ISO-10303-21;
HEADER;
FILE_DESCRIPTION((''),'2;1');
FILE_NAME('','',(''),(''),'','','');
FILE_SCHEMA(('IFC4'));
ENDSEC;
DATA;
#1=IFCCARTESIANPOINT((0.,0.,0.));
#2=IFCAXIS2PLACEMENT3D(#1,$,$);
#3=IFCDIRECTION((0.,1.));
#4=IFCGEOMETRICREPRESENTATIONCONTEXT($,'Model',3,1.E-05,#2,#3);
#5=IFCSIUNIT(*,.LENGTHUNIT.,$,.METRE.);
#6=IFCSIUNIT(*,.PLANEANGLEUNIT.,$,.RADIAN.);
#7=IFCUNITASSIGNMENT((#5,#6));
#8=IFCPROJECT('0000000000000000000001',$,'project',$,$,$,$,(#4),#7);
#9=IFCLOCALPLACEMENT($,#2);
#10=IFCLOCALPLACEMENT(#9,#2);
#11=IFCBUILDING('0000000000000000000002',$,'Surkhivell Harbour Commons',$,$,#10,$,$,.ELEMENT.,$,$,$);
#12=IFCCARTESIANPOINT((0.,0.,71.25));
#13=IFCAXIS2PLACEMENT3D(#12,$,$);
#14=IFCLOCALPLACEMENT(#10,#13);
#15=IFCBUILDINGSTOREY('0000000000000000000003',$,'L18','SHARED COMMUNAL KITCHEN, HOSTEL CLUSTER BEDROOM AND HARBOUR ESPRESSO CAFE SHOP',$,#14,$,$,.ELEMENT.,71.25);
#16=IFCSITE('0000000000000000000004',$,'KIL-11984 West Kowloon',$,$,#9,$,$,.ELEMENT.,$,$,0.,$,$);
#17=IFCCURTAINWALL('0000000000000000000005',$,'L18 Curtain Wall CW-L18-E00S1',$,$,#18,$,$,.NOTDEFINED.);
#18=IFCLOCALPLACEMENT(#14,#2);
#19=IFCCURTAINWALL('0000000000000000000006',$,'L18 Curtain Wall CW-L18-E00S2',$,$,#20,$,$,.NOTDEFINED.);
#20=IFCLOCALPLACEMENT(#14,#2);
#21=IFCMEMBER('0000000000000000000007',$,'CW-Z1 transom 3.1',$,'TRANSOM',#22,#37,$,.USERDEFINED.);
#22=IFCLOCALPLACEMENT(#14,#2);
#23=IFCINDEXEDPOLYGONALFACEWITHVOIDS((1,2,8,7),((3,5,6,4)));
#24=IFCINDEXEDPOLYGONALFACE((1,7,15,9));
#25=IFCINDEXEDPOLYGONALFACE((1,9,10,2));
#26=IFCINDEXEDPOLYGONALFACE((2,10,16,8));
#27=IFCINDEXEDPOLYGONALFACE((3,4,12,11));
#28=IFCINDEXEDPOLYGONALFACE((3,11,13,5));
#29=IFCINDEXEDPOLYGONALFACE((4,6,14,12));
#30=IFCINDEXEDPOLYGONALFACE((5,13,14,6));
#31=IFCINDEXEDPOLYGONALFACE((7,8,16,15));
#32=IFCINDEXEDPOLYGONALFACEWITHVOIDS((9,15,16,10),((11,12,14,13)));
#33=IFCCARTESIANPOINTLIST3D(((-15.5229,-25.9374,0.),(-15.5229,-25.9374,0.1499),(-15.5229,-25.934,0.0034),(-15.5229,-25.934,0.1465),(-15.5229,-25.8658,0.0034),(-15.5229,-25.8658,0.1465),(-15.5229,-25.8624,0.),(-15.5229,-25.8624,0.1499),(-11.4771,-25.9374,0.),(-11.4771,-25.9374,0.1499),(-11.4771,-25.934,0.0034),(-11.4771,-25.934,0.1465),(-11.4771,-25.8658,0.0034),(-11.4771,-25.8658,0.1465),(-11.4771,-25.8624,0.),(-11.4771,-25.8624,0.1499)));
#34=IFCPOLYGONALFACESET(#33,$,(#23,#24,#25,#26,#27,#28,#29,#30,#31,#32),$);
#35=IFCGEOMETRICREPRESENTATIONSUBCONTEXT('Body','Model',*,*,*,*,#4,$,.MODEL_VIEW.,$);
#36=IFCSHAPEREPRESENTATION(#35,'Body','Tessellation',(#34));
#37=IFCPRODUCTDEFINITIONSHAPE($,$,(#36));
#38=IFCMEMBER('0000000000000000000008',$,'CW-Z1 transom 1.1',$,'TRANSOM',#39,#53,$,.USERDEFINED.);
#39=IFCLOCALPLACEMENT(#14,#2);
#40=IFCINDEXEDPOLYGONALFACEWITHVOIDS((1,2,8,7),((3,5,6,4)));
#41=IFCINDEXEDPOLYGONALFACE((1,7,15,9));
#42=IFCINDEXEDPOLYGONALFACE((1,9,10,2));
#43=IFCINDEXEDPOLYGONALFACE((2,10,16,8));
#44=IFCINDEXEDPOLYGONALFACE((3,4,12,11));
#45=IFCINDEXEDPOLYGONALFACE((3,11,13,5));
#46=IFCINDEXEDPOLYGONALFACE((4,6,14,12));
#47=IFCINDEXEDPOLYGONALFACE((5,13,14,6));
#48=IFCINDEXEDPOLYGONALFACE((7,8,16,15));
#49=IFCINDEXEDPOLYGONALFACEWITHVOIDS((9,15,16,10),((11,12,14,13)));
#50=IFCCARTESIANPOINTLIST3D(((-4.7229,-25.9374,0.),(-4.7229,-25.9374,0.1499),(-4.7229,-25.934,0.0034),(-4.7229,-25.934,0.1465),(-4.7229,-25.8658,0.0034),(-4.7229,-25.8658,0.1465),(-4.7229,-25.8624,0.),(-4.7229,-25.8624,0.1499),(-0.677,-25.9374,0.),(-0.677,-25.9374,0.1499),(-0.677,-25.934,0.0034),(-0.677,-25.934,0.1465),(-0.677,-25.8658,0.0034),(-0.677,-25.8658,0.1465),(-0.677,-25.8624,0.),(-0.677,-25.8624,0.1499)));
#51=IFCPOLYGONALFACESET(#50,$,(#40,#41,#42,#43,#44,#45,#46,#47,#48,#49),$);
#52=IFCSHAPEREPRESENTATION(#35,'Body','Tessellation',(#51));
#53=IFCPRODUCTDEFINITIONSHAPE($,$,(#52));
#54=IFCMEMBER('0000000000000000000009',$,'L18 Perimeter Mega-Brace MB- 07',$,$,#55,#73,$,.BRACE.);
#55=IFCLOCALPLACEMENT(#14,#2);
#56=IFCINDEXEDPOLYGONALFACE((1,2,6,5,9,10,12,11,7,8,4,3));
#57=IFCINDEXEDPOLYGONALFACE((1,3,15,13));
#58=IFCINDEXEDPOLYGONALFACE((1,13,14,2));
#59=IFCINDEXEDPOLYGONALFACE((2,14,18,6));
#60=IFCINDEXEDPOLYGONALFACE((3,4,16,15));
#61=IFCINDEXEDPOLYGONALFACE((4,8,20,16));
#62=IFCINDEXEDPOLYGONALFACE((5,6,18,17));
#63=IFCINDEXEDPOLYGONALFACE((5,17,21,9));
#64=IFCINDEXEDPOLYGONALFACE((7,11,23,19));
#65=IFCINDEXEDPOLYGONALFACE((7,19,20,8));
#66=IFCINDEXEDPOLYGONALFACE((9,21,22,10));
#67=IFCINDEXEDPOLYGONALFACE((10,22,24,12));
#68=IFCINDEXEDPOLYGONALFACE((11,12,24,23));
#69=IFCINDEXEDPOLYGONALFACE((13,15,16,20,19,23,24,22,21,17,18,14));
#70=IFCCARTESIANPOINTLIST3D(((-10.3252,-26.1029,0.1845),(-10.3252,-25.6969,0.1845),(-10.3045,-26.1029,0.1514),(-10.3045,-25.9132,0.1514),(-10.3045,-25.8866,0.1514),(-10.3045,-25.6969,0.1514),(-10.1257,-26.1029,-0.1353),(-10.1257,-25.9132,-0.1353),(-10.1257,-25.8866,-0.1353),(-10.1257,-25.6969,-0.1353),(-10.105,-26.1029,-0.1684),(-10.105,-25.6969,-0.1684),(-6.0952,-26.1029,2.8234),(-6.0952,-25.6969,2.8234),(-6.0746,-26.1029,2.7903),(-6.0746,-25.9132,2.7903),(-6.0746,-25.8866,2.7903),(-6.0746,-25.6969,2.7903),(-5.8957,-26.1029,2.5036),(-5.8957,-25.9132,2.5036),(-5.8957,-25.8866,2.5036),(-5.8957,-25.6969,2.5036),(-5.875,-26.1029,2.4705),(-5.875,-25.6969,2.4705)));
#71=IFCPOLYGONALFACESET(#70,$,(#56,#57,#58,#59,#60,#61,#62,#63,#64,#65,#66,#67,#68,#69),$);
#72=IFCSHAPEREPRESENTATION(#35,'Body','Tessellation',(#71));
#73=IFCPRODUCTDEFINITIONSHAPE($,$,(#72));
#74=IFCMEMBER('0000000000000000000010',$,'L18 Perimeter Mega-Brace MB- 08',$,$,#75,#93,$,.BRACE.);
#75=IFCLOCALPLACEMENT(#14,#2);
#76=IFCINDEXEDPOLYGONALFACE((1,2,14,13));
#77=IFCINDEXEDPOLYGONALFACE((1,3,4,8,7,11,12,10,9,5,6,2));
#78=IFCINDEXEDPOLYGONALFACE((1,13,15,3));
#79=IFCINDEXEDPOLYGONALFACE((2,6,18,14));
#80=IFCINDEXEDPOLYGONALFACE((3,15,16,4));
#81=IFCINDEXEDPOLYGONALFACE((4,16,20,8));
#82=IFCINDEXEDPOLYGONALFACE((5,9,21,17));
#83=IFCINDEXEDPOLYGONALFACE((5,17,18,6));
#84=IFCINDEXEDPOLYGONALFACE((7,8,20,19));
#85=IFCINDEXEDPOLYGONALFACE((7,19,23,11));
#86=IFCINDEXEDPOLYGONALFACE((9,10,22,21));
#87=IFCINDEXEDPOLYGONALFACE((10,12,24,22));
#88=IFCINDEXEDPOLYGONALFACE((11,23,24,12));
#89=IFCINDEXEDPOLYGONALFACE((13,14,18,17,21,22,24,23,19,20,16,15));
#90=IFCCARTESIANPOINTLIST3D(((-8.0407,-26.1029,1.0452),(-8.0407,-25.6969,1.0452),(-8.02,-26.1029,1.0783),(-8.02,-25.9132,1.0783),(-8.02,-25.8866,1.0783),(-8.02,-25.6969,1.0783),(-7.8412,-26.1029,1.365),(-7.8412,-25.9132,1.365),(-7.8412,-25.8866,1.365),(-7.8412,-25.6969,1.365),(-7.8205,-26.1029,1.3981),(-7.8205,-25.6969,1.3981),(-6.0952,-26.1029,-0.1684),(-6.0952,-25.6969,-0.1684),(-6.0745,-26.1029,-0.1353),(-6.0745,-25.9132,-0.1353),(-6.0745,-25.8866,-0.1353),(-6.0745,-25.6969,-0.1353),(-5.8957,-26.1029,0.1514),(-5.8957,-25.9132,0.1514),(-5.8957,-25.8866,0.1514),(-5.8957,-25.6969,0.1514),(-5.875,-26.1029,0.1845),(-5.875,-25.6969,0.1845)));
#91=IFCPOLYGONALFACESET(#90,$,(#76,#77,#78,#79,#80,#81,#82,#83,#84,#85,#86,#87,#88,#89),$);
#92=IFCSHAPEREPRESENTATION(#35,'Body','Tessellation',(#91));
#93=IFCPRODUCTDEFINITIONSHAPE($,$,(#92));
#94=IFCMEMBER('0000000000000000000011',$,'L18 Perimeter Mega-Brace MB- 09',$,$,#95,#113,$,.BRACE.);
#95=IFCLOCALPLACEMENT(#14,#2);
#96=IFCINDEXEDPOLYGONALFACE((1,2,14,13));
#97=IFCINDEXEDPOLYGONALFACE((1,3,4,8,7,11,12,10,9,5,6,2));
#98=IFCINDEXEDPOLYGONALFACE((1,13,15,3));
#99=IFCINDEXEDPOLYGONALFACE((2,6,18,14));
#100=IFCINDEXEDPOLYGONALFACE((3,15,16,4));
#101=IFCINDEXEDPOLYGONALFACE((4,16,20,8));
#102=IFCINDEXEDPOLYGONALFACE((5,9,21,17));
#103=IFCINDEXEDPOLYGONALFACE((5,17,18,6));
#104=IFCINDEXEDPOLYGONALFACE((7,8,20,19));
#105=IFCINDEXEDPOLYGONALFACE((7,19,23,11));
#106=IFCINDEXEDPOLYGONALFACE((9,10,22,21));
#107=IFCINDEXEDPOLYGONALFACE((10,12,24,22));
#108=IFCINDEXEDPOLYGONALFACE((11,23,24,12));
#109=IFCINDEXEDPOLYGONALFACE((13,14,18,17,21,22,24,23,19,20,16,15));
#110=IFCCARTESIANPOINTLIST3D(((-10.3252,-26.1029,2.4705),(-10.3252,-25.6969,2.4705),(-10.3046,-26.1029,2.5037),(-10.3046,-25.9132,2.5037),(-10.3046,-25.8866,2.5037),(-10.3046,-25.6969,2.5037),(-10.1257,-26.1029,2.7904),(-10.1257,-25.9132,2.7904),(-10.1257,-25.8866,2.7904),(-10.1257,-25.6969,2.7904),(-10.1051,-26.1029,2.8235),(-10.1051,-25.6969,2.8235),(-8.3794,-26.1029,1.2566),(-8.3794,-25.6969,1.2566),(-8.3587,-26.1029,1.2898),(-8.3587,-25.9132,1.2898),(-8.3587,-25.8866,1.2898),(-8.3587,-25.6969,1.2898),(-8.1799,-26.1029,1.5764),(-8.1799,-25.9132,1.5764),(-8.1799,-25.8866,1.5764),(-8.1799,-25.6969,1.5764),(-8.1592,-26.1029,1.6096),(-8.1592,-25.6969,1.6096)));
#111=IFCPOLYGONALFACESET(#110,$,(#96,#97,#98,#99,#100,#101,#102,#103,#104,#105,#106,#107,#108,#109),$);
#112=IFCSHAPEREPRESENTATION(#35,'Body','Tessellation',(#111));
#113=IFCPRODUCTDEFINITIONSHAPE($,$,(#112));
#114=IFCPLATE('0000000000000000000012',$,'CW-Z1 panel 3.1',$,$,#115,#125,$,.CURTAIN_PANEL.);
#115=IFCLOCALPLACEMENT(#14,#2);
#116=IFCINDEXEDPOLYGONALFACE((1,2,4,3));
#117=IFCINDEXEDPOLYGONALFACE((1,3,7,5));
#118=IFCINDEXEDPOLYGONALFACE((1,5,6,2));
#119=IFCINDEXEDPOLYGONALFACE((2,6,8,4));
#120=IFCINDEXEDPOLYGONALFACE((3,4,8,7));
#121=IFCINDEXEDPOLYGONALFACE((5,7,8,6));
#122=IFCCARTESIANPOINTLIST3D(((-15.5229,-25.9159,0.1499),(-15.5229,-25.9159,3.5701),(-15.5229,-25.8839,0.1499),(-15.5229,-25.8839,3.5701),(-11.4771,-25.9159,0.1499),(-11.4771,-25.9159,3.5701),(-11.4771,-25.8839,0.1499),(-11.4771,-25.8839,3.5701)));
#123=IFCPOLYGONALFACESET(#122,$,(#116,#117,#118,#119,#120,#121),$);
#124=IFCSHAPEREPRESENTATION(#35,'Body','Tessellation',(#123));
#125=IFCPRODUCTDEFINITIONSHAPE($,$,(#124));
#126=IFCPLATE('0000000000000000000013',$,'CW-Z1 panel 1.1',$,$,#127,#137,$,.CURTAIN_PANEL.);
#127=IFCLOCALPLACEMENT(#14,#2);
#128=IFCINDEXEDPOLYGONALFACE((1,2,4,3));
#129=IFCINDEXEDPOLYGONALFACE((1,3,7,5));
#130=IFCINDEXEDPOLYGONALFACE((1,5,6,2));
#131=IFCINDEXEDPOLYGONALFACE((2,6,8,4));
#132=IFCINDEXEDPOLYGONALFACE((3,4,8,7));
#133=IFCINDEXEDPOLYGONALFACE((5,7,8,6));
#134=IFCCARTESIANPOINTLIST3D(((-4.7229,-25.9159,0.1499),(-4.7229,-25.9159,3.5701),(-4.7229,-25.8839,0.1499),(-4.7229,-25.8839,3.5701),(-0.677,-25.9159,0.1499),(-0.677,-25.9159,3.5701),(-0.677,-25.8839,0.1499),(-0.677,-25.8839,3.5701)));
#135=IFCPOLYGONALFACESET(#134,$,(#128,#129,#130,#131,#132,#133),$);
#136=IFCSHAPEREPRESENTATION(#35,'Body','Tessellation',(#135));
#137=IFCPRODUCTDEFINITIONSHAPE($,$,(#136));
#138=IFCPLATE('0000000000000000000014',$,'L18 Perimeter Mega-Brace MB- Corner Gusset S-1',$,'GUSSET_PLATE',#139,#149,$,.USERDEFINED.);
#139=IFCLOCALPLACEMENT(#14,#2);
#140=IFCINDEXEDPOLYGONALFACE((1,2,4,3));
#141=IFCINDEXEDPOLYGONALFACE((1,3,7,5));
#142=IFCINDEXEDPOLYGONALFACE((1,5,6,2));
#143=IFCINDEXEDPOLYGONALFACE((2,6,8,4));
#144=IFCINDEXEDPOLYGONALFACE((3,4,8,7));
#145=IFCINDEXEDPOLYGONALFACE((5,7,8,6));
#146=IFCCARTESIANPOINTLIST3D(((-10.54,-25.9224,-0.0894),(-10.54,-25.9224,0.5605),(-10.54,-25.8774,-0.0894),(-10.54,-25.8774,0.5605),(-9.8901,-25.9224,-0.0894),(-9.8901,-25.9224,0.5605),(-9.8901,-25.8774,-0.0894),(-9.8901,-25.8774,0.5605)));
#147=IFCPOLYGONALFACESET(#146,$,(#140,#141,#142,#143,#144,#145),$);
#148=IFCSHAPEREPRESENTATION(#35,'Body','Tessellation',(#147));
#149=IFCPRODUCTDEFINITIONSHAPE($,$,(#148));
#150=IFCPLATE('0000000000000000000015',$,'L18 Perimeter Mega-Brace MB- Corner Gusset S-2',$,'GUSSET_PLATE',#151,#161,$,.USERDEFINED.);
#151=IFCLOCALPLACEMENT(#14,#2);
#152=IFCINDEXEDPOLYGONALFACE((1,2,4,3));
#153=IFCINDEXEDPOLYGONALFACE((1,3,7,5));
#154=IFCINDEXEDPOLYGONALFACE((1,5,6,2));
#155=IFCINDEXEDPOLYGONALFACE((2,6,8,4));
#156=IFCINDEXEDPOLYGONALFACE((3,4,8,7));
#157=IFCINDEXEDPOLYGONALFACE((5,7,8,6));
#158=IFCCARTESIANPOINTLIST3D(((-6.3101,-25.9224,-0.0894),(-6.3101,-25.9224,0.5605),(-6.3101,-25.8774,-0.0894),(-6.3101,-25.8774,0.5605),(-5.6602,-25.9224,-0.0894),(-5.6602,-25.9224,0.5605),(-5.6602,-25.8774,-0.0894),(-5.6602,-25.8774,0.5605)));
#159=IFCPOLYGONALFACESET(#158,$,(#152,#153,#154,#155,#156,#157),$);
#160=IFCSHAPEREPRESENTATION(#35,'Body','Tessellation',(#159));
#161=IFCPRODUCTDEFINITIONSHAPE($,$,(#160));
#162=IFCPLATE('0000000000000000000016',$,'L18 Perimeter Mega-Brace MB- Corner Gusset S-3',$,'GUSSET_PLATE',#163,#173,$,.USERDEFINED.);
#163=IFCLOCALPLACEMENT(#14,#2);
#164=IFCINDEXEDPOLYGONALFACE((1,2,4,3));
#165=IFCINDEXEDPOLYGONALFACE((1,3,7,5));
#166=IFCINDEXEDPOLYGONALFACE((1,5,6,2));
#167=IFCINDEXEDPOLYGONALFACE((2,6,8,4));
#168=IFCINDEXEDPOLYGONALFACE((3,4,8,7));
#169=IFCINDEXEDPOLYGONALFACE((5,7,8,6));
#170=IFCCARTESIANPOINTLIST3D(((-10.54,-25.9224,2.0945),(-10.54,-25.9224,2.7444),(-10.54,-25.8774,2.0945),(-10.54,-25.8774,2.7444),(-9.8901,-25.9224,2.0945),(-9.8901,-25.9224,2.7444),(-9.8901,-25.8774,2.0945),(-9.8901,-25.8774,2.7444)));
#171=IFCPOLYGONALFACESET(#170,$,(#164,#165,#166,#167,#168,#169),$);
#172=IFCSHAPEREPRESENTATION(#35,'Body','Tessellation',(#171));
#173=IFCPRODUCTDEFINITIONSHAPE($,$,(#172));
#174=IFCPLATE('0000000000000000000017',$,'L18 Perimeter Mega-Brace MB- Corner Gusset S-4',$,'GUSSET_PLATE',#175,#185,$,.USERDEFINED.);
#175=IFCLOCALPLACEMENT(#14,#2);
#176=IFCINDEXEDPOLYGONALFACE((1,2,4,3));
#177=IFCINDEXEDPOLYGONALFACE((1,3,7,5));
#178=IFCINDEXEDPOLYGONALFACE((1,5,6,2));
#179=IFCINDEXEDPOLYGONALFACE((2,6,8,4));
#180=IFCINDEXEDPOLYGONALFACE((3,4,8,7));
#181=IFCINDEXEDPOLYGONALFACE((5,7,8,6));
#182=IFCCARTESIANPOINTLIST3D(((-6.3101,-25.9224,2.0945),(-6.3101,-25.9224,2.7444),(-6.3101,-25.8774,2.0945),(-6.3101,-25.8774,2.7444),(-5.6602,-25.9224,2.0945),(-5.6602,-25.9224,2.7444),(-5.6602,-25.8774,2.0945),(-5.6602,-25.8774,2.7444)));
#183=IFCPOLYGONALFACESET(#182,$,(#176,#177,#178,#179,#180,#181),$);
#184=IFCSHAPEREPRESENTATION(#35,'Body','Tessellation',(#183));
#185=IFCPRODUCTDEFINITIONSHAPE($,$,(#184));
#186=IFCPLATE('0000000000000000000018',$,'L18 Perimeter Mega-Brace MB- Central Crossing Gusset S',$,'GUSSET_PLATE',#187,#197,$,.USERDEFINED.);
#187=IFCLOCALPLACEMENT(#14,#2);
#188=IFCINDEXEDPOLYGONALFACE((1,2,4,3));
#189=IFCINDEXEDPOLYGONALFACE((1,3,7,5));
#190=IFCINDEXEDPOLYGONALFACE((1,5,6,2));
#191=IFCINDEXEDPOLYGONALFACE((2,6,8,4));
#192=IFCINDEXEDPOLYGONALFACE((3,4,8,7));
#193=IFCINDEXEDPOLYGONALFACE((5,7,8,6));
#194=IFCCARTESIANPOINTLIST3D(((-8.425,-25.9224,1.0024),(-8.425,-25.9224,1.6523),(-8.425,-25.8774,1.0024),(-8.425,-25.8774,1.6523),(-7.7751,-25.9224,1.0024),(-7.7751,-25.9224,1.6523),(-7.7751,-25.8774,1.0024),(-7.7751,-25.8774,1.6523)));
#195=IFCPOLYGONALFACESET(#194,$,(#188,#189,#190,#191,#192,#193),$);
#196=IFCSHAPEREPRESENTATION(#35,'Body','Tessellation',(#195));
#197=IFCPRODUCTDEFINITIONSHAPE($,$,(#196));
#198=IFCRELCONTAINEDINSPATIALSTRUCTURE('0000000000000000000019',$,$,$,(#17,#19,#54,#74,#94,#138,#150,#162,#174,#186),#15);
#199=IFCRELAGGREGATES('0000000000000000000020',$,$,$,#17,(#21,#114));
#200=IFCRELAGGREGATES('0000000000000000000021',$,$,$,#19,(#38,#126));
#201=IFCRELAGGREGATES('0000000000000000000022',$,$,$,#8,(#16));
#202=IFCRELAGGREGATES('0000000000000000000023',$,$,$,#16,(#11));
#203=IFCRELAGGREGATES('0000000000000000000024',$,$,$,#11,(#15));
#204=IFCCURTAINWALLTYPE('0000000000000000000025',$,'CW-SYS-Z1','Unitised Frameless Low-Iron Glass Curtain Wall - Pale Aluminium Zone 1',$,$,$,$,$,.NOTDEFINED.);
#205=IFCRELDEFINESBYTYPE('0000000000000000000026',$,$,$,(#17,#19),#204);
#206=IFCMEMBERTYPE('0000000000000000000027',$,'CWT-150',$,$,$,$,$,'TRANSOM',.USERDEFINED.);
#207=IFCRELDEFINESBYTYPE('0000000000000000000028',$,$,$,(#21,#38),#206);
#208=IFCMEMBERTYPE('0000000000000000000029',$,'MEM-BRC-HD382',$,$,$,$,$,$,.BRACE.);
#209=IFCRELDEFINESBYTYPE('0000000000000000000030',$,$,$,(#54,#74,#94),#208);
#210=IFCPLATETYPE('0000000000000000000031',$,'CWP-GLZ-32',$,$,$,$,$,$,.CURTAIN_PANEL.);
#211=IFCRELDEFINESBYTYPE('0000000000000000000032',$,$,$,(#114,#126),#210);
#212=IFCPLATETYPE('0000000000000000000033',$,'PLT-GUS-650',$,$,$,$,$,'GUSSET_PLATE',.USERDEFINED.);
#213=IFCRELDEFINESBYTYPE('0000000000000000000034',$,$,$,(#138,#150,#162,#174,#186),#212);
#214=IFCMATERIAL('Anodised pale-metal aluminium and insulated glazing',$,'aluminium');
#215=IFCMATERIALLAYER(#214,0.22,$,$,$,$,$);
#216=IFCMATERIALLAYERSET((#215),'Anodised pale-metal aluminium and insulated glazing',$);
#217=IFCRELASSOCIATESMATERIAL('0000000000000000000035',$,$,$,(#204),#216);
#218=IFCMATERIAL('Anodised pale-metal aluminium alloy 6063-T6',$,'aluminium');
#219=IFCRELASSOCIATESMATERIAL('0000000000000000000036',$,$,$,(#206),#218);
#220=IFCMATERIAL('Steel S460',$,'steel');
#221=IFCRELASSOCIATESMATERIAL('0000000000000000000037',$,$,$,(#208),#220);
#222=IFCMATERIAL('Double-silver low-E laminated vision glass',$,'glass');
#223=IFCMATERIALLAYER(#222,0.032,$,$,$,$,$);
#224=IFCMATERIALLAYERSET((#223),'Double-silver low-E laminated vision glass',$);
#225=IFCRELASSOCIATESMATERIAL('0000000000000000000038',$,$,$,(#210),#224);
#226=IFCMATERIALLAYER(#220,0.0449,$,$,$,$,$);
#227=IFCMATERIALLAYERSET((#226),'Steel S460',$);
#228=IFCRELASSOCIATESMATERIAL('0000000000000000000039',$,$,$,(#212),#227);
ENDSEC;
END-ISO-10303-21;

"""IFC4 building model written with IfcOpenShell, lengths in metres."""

from ifc_helpers import new_model, si_unit, direction, frame, frame_2d, origin, origin_2d, place, context, subcontext, project, spatial, rectangle, hollow_rectangle, i_section, extrude, material, layer, layer_set, material_profile, profile_set, type_object, element, aggregate, save


model = new_model("IFC4")

# Units and contexts
model_context = context("Model", 3, precision=1e-05, world=origin(), true_north=direction((0.0, 1.0)))
body_context = subcontext(model_context, "Body", "Model", "MODEL_VIEW")
ifc_project = project(units=[si_unit("LENGTHUNIT", "METRE"), si_unit("PLANEANGLEUNIT", "RADIAN")], contexts=[model_context])

# Site, building, storey
site_placement = place(None, origin())
site = spatial("IfcSite", under=ifc_project, at=site_placement, Name="KIL-11984 West Kowloon", CompositionType="ELEMENT", RefElevation=0.0)
building_placement = place(site_placement, origin())
building = spatial("IfcBuilding", under=site, at=building_placement, Name="Surkhivell Harbour Commons", CompositionType="ELEMENT")
storey_placement = place(building_placement, frame((0.0, 0.0, 71.25)))
storey = spatial("IfcBuildingStorey", under=building, at=storey_placement, Name="L18", Description="SHARED COMMUNAL KITCHEN, HOSTEL CLUSTER BEDROOM AND HARBOUR ESPRESSO CAFE SHOP", CompositionType="ELEMENT", Elevation=71.25)

# Shared definitions
ifc_material_1 = material(Name="Steel S460", Category="steel")

# Curtain wall
ifc_material_2 = material(Name="Anodised pale-metal aluminium and insulated glazing", Category="aluminium")
ifc_layer_1 = layer(ifc_material_2, 0.22)
ifc_layer_set_1 = layer_set([ifc_layer_1], Name="Anodised pale-metal aluminium and insulated glazing")
curtain_wall_type = type_object("IfcCurtainWallType", Name="CW-SYS-Z1", Description="Unitised Frameless Low-Iron Glass Curtain Wall - Pale Aluminium Zone 1", PredefinedType="NOTDEFINED", material=ifc_layer_set_1)
curtain_wall_1_placement = place(storey_placement, origin())
curtain_wall_1 = element("IfcCurtainWall", 1, at=curtain_wall_1_placement, inside=storey, type_object=curtain_wall_type, Name="L18 Curtain Wall CW-L18-E00S1", PredefinedType="NOTDEFINED")
ifc_material_3 = material(Name="Anodised pale-metal aluminium alloy 6063-T6", Category="aluminium")

# Curtain wall
curtain_wall_2_placement = place(storey_placement, origin())
curtain_wall_2 = element("IfcCurtainWall", 2, at=curtain_wall_2_placement, inside=storey, type_object=curtain_wall_type, Name="L18 Curtain Wall CW-L18-E00S2", PredefinedType="NOTDEFINED")

# Members
ifc_material_profile_1 = material_profile(ifc_material_3, hollow_rectangle(XDim=0.075, YDim=0.1499, WallThickness=0.0034, at=origin_2d()), Name="ALU-TRAN-75x150")
ifc_profile_set_1 = profile_set([ifc_material_profile_1], Name="Anodised pale-metal aluminium alloy 6063-T6")
member_type_1 = type_object("IfcMemberType", Name="CWT-150", ElementType="TRANSOM", PredefinedType="USERDEFINED", material=ifc_profile_set_1)
member_1_placement = place(storey_placement, frame((-15.5229, -25.8999, 0.075), z_axis=(1.0, 0.0, 0.0), x_axis=(0.0, 1.0, 0.0)))
member_1 = element("IfcMember", 3, at=member_1_placement, type_object=member_type_1, Name="CW-Z1 transom 3.1", ObjectType="TRANSOM", PredefinedType="USERDEFINED", context=body_context, shape_type="SweptSolid", body=[
    extrude(hollow_rectangle(XDim=0.075, YDim=0.1499, WallThickness=0.0034, at=origin_2d()), origin(), (0.0, 0.0, 1.0), 4.0459),
])
member_2_placement = place(storey_placement, frame((-4.7229, -25.8999, 0.075), z_axis=(1.0, 0.0, 0.0), x_axis=(0.0, 1.0, 0.0)))
member_2 = element("IfcMember", 4, at=member_2_placement, type_object=member_type_1, Name="CW-Z1 transom 1.1", ObjectType="TRANSOM", PredefinedType="USERDEFINED", context=body_context, shape_type="SweptSolid", body=[
    extrude(hollow_rectangle(XDim=0.075, YDim=0.1499, WallThickness=0.0034, at=origin_2d()), origin(), (0.0, 0.0, 1.0), 4.0459),
])

# Members
ifc_material_profile_2 = material_profile(ifc_material_1, i_section(OverallWidth=0.406, OverallDepth=0.416, WebThickness=0.0266, FlangeThickness=0.0391, at=origin_2d()), Name="HD400x382")
ifc_profile_set_2 = profile_set([ifc_material_profile_2], Name="Steel S460")
member_type_2 = type_object("IfcMemberType", Name="MEM-BRC-HD382", PredefinedType="BRACE", material=ifc_profile_set_2)
member_3_placement = place(storey_placement, frame((-10.2151, -25.8999, 0.0081), z_axis=(0.848433, 0.0, 0.529303), x_axis=(0.0, 1.0, 0.0)))
element("IfcMember", 5, at=member_3_placement, inside=storey, type_object=member_type_2, Name="L18 Perimeter Mega-Brace MB- 07", PredefinedType="BRACE", context=body_context, shape_type="SweptSolid", body=[
    extrude(i_section(OverallWidth=0.406, OverallDepth=0.416, WebThickness=0.0266, FlangeThickness=0.0391, at=origin_2d()), origin(), (0.0, 0.0, 1.0), 4.9856),
])
member_4_placement = place(storey_placement, frame((-5.9851, -25.8999, 0.0081), z_axis=(-0.848459, 0.0, 0.529262), x_axis=(0.0, -1.0, 0.0)))
element("IfcMember", 6, at=member_4_placement, inside=storey, type_object=member_type_2, Name="L18 Perimeter Mega-Brace MB- 08", PredefinedType="BRACE", context=body_context, shape_type="SweptSolid", body=[
    extrude(i_section(OverallWidth=0.406, OverallDepth=0.416, WebThickness=0.0266, FlangeThickness=0.0391, at=origin_2d()), origin(), (0.0, 0.0, 1.0), 2.293),
])
member_5_placement = place(storey_placement, frame((-8.2693, -25.8999, 1.4331), z_axis=(-0.848441, 0.0, 0.529291), x_axis=(0.0, -1.0, 0.0)))
element("IfcMember", 7, at=member_5_placement, inside=storey, type_object=member_type_2, Name="L18 Perimeter Mega-Brace MB- 09", PredefinedType="BRACE", context=body_context, shape_type="SweptSolid", body=[
    extrude(i_section(OverallWidth=0.406, OverallDepth=0.416, WebThickness=0.0266, FlangeThickness=0.0391, at=origin_2d()), origin(), (0.0, 0.0, 1.0), 2.2935),
])

# Plates
ifc_material_4 = material(Name="Double-silver low-E laminated vision glass", Category="glass")
ifc_layer_2 = layer(ifc_material_4, 0.032)
ifc_layer_set_2 = layer_set([ifc_layer_2], Name="Double-silver low-E laminated vision glass")
plate_type_1 = type_object("IfcPlateType", Name="CWP-GLZ-32", PredefinedType="CURTAIN_PANEL", material=ifc_layer_set_2)
plate_1_placement = place(storey_placement, frame((-15.5229, -25.8999, 0.1499), z_axis=(0.0, 0.0, 1.0), x_axis=(1.0, 0.0, 0.0)))
plate_1 = element("IfcPlate", 8, at=plate_1_placement, type_object=plate_type_1, Name="CW-Z1 panel 3.1", PredefinedType="CURTAIN_PANEL", context=body_context, shape_type="SweptSolid", body=[
    extrude(rectangle(XDim=4.0459, YDim=0.032, at=frame_2d((2.0229, 0.0))), origin(), (0.0, 0.0, 1.0), 3.4202),
])
aggregate(curtain_wall_1, [member_1, plate_1])
plate_2_placement = place(storey_placement, frame((-4.7229, -25.8999, 0.1499), z_axis=(0.0, 0.0, 1.0), x_axis=(1.0, 0.0, 0.0)))
plate_2 = element("IfcPlate", 9, at=plate_2_placement, type_object=plate_type_1, Name="CW-Z1 panel 1.1", PredefinedType="CURTAIN_PANEL", context=body_context, shape_type="SweptSolid", body=[
    extrude(rectangle(XDim=4.0459, YDim=0.032, at=frame_2d((2.0229, 0.0))), origin(), (0.0, 0.0, 1.0), 3.4202),
])
aggregate(curtain_wall_2, [member_2, plate_2])

# Plates
ifc_layer_3 = layer(ifc_material_1, 0.0449)
ifc_layer_set_3 = layer_set([ifc_layer_3], Name="Steel S460")
plate_type_2 = type_object("IfcPlateType", Name="PLT-GUS-650", ElementType="GUSSET_PLATE", PredefinedType="USERDEFINED", material=ifc_layer_set_3)
for number, where, z_axis, x_axis, name in (
    (10, (-10.2151, -25.8999, -0.0894), (0.0, 0.0, 1.0), (1.0, 0.0, 0.0), "L18 Perimeter Mega-Brace MB- Corner Gusset S-1"),
    (11, (-5.9851, -25.8999, -0.0894), (0.0, 0.0, 1.0), (1.0, 0.0, 0.0), "L18 Perimeter Mega-Brace MB- Corner Gusset S-2"),
    (12, (-10.2151, -25.8999, 2.0945), (0.0, 0.0, 1.0), (1.0, 0.0, 0.0), "L18 Perimeter Mega-Brace MB- Corner Gusset S-3"),
    (13, (-5.9851, -25.8999, 2.0945), (0.0, 0.0, 1.0), (1.0, 0.0, 0.0), "L18 Perimeter Mega-Brace MB- Corner Gusset S-4"),
    (14, (-8.1001, -25.8999, 1.0024), (0.0, 0.0, 1.0), (1.0, 0.0, 0.0), "L18 Perimeter Mega-Brace MB- Central Crossing Gusset S"),
):
    element("IfcPlate", number, at=place(storey_placement, frame(where, z_axis=z_axis, x_axis=x_axis)), inside=storey, type_object=plate_type_2, Name=name, ObjectType="GUSSET_PLATE", PredefinedType="USERDEFINED", context=body_context, shape_type="SweptSolid", body=[
        extrude(rectangle(XDim=0.6499, YDim=0.0449, at=origin_2d()), origin(), (0.0, 0.0, 1.0), 0.6499),
    ])

save(model, "model.ifc")
